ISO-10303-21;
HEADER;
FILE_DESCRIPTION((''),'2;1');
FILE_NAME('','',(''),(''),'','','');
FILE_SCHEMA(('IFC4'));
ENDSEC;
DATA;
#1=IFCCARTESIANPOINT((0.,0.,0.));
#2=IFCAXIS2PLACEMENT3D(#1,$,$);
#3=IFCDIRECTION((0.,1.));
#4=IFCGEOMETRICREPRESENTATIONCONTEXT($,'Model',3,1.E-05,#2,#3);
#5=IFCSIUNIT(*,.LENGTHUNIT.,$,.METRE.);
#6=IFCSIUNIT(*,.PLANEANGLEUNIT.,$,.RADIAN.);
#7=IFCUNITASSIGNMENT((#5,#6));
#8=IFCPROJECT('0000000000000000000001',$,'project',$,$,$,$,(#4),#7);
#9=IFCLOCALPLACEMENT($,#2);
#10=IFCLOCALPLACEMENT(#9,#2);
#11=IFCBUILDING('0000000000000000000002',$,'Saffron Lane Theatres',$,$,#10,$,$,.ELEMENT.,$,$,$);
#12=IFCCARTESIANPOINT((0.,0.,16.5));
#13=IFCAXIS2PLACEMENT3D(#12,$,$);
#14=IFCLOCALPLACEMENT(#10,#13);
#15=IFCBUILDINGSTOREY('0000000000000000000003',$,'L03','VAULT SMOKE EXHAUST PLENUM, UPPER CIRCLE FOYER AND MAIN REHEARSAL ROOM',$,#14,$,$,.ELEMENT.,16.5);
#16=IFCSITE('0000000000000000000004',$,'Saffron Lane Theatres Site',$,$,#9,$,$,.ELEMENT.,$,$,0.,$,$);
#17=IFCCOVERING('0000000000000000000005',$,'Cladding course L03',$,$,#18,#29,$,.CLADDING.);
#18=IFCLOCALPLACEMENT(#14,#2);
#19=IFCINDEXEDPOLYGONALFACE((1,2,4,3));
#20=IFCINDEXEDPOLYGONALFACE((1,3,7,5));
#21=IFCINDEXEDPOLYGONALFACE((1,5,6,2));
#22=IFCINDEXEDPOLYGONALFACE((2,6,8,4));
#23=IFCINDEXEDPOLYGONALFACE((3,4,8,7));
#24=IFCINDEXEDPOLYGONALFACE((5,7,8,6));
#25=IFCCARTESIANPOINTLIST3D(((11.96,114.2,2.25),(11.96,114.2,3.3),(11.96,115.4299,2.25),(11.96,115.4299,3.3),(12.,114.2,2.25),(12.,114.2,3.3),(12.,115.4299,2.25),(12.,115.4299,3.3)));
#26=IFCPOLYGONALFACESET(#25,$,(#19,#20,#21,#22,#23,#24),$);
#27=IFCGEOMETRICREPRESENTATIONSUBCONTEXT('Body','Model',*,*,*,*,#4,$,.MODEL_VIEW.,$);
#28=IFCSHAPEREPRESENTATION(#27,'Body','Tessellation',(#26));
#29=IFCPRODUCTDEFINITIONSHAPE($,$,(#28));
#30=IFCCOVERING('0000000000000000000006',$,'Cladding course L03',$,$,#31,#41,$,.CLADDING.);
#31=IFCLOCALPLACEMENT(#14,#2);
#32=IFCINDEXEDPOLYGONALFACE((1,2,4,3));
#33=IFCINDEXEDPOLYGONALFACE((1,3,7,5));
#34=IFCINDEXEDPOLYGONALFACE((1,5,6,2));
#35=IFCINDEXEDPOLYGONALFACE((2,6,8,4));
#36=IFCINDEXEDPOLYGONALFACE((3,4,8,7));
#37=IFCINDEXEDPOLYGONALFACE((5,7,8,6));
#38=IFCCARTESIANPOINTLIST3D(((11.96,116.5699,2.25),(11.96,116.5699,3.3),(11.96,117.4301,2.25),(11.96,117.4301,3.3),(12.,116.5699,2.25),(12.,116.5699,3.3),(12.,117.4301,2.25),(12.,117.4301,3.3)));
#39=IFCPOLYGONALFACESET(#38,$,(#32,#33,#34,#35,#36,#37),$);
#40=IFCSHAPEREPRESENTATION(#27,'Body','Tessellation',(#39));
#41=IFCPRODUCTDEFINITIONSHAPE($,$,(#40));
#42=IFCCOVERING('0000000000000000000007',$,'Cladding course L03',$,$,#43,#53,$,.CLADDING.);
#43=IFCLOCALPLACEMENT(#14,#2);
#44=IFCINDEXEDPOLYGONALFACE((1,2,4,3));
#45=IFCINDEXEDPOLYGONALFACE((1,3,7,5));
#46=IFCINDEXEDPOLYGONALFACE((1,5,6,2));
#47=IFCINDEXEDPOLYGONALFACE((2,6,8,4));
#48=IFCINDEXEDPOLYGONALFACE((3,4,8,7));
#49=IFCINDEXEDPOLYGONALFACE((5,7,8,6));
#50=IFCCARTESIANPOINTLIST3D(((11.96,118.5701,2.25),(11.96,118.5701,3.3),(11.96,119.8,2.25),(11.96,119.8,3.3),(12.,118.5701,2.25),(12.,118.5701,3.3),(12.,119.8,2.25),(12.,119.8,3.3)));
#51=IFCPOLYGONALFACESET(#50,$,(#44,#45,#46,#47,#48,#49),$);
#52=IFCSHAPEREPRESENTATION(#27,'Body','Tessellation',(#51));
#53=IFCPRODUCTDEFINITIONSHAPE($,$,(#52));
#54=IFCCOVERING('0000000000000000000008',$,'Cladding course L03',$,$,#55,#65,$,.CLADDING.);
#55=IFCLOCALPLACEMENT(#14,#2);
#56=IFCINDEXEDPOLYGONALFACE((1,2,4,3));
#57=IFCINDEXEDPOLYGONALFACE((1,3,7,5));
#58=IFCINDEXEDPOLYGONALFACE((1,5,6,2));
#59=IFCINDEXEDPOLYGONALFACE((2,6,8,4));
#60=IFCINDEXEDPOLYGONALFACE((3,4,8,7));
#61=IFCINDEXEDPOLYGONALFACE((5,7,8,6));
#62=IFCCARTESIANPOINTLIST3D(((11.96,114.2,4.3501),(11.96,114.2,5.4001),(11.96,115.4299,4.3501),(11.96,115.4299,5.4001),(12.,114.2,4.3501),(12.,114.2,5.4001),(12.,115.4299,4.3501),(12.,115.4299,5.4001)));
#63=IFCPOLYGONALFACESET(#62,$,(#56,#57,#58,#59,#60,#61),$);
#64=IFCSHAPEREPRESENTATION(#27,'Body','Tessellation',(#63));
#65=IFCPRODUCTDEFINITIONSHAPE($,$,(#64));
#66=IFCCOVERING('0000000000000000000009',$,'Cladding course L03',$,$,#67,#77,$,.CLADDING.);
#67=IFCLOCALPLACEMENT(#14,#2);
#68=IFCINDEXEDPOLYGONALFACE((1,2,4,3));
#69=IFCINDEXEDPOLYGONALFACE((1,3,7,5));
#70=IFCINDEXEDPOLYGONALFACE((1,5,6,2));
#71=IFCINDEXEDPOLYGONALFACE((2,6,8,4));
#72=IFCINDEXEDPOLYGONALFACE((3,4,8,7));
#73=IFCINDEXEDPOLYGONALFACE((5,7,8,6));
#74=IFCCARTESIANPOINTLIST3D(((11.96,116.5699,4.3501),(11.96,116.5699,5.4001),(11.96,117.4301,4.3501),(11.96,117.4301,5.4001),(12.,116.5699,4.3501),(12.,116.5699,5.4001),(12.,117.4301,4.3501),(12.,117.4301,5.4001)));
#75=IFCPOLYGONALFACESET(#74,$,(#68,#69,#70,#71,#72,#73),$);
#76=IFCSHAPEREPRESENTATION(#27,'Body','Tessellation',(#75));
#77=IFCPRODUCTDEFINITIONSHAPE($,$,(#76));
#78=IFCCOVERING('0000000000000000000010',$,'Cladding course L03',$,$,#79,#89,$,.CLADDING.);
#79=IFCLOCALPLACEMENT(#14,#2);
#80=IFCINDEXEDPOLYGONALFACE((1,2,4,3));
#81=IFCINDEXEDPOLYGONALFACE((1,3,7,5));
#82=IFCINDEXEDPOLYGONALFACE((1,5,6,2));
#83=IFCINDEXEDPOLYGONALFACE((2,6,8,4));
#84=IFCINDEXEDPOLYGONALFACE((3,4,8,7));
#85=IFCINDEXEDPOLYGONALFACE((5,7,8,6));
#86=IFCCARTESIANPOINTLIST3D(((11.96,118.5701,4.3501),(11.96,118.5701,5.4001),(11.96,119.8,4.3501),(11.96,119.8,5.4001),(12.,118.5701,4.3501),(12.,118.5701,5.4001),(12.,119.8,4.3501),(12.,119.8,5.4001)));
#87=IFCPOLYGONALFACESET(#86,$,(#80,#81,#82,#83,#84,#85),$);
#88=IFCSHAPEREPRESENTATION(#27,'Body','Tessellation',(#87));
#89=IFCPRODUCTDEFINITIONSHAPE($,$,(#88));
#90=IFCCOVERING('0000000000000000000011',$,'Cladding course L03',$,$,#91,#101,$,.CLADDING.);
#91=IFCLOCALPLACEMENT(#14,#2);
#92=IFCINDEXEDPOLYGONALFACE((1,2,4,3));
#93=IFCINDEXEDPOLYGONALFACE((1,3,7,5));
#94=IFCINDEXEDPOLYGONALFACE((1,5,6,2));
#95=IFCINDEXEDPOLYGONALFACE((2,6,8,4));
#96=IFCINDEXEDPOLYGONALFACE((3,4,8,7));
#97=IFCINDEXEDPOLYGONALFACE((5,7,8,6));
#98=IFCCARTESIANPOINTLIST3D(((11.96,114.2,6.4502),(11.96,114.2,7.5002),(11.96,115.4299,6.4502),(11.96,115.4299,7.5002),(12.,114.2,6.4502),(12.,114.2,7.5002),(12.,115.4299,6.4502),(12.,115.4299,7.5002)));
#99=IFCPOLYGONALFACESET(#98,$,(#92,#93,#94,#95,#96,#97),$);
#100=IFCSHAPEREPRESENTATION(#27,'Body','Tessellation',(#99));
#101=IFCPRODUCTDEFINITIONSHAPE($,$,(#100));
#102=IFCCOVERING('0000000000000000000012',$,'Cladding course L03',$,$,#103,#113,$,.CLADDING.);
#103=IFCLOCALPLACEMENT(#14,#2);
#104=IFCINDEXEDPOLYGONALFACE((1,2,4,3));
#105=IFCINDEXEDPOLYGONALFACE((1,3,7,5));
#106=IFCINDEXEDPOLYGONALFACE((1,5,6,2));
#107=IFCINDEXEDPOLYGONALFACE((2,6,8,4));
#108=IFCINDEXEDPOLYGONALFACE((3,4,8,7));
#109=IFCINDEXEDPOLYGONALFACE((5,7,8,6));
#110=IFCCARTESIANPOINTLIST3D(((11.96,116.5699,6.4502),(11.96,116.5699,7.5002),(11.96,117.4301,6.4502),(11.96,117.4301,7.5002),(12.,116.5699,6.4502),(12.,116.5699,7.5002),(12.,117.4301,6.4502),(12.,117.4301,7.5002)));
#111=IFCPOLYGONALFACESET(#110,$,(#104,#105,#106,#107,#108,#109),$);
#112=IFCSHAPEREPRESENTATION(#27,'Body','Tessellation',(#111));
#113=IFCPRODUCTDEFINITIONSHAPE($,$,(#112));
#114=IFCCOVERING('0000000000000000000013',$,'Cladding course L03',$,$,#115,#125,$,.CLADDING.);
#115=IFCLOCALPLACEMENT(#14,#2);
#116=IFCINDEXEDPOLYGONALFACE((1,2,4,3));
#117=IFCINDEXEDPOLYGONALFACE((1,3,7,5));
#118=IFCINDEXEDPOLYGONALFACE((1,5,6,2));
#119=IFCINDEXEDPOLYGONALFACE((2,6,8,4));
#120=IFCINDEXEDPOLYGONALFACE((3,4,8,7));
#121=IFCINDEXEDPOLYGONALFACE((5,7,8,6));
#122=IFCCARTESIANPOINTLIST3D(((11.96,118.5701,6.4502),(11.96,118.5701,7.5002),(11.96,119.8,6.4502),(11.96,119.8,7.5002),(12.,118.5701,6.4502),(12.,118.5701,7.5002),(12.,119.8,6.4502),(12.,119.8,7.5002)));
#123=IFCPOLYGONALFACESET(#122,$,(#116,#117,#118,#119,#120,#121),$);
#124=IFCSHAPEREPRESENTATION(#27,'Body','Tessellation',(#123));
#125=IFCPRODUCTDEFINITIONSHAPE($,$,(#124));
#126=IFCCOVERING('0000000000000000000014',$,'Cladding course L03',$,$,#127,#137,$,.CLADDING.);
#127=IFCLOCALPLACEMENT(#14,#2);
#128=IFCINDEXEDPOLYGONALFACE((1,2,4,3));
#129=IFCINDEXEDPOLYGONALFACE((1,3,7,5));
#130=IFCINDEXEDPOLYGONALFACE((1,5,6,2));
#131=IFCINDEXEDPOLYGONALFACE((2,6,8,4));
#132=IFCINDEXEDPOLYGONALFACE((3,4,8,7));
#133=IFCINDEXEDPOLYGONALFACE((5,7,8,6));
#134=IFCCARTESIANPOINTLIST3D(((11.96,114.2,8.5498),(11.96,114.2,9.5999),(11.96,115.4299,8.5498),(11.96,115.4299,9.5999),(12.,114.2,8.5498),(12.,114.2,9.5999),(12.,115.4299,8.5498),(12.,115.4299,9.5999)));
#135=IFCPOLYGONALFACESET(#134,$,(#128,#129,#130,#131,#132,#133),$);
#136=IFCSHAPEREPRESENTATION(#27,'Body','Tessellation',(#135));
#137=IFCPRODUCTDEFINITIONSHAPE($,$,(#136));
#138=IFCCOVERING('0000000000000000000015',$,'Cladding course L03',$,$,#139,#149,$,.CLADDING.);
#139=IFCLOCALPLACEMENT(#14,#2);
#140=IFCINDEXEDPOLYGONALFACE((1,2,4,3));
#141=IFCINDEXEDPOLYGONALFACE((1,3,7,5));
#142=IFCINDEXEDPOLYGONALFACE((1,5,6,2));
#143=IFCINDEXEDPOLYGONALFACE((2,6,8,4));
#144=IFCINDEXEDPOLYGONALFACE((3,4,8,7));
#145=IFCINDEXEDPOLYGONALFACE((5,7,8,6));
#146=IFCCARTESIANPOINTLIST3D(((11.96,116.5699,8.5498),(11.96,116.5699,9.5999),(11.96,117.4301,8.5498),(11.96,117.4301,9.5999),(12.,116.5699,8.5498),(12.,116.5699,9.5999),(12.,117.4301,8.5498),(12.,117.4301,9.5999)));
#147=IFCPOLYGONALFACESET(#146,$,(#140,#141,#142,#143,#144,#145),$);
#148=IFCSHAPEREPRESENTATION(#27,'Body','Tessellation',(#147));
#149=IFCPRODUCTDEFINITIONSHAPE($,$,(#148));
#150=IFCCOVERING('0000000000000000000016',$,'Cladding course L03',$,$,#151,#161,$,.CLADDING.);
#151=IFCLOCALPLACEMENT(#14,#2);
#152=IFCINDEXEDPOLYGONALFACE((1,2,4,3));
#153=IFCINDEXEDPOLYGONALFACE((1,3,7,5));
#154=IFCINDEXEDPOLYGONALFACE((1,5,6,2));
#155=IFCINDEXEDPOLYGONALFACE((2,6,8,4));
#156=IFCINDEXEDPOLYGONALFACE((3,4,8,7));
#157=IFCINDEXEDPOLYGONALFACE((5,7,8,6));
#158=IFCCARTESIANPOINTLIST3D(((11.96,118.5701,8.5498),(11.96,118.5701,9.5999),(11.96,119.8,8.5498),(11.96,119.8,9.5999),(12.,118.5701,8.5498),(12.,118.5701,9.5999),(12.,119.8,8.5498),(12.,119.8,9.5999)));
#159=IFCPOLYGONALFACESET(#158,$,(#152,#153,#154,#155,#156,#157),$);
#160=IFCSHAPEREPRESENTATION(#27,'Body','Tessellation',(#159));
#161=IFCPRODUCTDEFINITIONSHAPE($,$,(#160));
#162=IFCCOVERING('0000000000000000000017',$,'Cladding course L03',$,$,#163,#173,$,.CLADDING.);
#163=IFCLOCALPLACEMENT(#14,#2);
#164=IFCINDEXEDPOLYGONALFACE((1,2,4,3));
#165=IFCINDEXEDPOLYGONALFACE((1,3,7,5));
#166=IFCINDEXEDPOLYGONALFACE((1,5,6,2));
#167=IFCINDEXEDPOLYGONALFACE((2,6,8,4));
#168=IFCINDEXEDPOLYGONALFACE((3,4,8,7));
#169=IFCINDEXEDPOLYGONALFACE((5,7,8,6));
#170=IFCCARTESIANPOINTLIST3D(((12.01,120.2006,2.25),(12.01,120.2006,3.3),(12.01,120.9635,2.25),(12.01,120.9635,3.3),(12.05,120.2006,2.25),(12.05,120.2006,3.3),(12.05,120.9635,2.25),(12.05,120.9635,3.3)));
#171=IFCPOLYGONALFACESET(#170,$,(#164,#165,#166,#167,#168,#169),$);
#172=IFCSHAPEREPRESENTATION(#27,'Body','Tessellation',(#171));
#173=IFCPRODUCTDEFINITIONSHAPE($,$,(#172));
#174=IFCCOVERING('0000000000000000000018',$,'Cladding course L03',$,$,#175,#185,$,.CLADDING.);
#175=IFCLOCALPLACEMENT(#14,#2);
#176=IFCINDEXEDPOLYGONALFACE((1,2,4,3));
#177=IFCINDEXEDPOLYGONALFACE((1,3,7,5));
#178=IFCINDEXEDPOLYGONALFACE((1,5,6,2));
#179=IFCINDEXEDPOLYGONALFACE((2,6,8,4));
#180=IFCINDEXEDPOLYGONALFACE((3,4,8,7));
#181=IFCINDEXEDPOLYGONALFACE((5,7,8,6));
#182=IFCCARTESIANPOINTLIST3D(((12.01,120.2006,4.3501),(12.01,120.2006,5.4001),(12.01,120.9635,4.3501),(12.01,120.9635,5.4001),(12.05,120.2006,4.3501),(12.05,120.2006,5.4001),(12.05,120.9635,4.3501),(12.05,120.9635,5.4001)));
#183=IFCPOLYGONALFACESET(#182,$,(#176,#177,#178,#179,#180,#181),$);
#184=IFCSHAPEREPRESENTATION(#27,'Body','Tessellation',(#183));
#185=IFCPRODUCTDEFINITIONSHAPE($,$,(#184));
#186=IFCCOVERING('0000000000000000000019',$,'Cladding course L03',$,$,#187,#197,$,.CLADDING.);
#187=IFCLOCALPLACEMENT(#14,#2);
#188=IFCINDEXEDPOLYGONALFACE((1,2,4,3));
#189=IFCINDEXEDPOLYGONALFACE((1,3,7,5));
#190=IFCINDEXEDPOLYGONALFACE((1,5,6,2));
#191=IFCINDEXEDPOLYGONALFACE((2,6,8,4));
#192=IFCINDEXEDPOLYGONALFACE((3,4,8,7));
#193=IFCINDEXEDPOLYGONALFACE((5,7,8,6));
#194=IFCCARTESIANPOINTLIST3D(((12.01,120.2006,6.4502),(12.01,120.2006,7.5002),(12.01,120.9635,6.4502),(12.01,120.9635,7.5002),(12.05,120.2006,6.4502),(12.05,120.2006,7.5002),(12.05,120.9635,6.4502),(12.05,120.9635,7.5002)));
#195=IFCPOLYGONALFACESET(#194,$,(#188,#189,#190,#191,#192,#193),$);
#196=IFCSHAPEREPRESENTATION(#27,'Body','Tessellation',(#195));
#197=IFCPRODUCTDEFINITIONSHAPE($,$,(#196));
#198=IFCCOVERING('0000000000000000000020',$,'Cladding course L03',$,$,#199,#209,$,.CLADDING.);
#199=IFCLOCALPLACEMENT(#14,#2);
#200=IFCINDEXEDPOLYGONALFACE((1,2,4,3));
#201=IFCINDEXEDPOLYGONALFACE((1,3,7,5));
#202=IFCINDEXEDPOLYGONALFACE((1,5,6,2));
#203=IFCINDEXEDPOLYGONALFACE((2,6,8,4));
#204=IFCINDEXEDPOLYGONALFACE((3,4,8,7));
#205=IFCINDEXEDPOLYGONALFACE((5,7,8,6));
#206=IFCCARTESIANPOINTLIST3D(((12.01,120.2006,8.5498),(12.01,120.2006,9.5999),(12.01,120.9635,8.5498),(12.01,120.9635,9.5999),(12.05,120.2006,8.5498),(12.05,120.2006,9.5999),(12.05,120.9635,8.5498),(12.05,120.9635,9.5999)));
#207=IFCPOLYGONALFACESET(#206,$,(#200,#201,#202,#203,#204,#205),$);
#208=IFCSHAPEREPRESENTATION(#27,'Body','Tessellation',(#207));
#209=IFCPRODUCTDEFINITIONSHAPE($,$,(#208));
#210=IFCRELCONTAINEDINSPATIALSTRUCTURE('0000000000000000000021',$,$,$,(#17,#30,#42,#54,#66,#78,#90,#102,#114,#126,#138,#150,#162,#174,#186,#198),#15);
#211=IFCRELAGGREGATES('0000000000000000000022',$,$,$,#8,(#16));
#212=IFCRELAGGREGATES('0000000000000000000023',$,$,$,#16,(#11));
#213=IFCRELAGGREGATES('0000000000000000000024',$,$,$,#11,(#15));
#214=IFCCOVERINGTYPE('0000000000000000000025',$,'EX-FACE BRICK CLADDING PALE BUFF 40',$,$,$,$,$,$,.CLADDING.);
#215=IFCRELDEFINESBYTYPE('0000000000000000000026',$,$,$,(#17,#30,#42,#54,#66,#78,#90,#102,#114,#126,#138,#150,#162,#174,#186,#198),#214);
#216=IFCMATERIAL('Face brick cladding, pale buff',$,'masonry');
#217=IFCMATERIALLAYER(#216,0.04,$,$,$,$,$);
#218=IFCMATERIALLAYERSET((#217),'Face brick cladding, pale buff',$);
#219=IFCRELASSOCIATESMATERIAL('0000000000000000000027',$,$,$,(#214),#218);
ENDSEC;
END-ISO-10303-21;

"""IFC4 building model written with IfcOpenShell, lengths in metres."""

from ifc_helpers import new_model, si_unit, direction, frame, origin, origin_2d, place, context, subcontext, project, spatial, rectangle, extrude, material, layer, layer_set, type_object, element, save


model = new_model("IFC4")

# Units and contexts
model_context = context("Model", 3, precision=1e-05, world=origin(), true_north=direction((0.0, 1.0)))
body_context = subcontext(model_context, "Body", "Model", "MODEL_VIEW")
ifc_project = project(units=[si_unit("LENGTHUNIT", "METRE"), si_unit("PLANEANGLEUNIT", "RADIAN")], contexts=[model_context])

# Site, building, storey
site_placement = place(None, origin())
site = spatial("IfcSite", under=ifc_project, at=site_placement, Name="Saffron Lane Theatres Site", CompositionType="ELEMENT", RefElevation=0.0)
building_placement = place(site_placement, origin())
building = spatial("IfcBuilding", under=site, at=building_placement, Name="Saffron Lane Theatres", CompositionType="ELEMENT")
storey_placement = place(building_placement, frame((0.0, 0.0, 16.5)))
storey = spatial("IfcBuildingStorey", under=building, at=storey_placement, Name="L03", Description="VAULT SMOKE EXHAUST PLENUM, UPPER CIRCLE FOYER AND MAIN REHEARSAL ROOM", CompositionType="ELEMENT", Elevation=16.5)

# Coverings
ifc_material_1 = material(Name="Face brick cladding, pale buff", Category="masonry")
ifc_layer_1 = layer(ifc_material_1, 0.04)
ifc_layer_set_1 = layer_set([ifc_layer_1], Name="Face brick cladding, pale buff")
covering_type_1 = type_object("IfcCoveringType", Name="EX-FACE BRICK CLADDING PALE BUFF 40", PredefinedType="CLADDING", material=ifc_layer_set_1)
covering_1_placement = place(storey_placement, frame((11.98, 114.8149, 2.25), z_axis=(0.0, 0.0, 1.0), x_axis=(0.0, 1.0, 0.0)))
element("IfcCovering", 1, at=covering_1_placement, inside=storey, type_object=covering_type_1, Name="Cladding course L03", PredefinedType="CLADDING", context=body_context, shape_type="SweptSolid", body=[
    extrude(rectangle(XDim=1.23, YDim=0.04, at=origin_2d()), origin(), (0.0, 0.0, 1.0), 1.05),
])
covering_2_placement = place(storey_placement, frame((11.98, 117.0, 2.25), z_axis=(0.0, 0.0, 1.0), x_axis=(0.0, 1.0, 0.0)))
element("IfcCovering", 2, at=covering_2_placement, inside=storey, type_object=covering_type_1, Name="Cladding course L03", PredefinedType="CLADDING", context=body_context, shape_type="SweptSolid", body=[
    extrude(rectangle(XDim=0.8601, YDim=0.04, at=origin_2d()), origin(), (0.0, 0.0, 1.0), 1.05),
])
for number, where, z_axis, x_axis, name in (
    (3, (11.98, 119.1851, 2.25), (0.0, 0.0, 1.0), (0.0, 1.0, 0.0), "Cladding course L03"),
    (4, (11.98, 114.8149, 4.3501), (0.0, 0.0, 1.0), (0.0, 1.0, 0.0), "Cladding course L03"),
):
    element("IfcCovering", number, at=place(storey_placement, frame(where, z_axis=z_axis, x_axis=x_axis)), inside=storey, type_object=covering_type_1, Name=name, PredefinedType="CLADDING", context=body_context, shape_type="SweptSolid", body=[
        extrude(rectangle(XDim=1.23, YDim=0.04, at=origin_2d()), origin(), (0.0, 0.0, 1.0), 1.05),
    ])
covering_3_placement = place(storey_placement, frame((11.98, 117.0, 4.3501), z_axis=(0.0, 0.0, 1.0), x_axis=(0.0, 1.0, 0.0)))
element("IfcCovering", 5, at=covering_3_placement, inside=storey, type_object=covering_type_1, Name="Cladding course L03", PredefinedType="CLADDING", context=body_context, shape_type="SweptSolid", body=[
    extrude(rectangle(XDim=0.8601, YDim=0.04, at=origin_2d()), origin(), (0.0, 0.0, 1.0), 1.05),
])
for number, where, z_axis, x_axis, name in (
    (6, (11.98, 119.1851, 4.3501), (0.0, 0.0, 1.0), (0.0, 1.0, 0.0), "Cladding course L03"),
    (7, (11.98, 114.8149, 6.4502), (0.0, 0.0, 1.0), (0.0, 1.0, 0.0), "Cladding course L03"),
):
    element("IfcCovering", number, at=place(storey_placement, frame(where, z_axis=z_axis, x_axis=x_axis)), inside=storey, type_object=covering_type_1, Name=name, PredefinedType="CLADDING", context=body_context, shape_type="SweptSolid", body=[
        extrude(rectangle(XDim=1.23, YDim=0.04, at=origin_2d()), origin(), (0.0, 0.0, 1.0), 1.05),
    ])
covering_4_placement = place(storey_placement, frame((11.98, 117.0, 6.4502), z_axis=(0.0, 0.0, 1.0), x_axis=(0.0, 1.0, 0.0)))
element("IfcCovering", 8, at=covering_4_placement, inside=storey, type_object=covering_type_1, Name="Cladding course L03", PredefinedType="CLADDING", context=body_context, shape_type="SweptSolid", body=[
    extrude(rectangle(XDim=0.8601, YDim=0.04, at=origin_2d()), origin(), (0.0, 0.0, 1.0), 1.05),
])
for number, where, z_axis, x_axis, name in (
    (9, (11.98, 119.1851, 6.4502), (0.0, 0.0, 1.0), (0.0, 1.0, 0.0), "Cladding course L03"),
    (10, (11.98, 114.8149, 8.5498), (0.0, 0.0, 1.0), (0.0, 1.0, 0.0), "Cladding course L03"),
):
    element("IfcCovering", number, at=place(storey_placement, frame(where, z_axis=z_axis, x_axis=x_axis)), inside=storey, type_object=covering_type_1, Name=name, PredefinedType="CLADDING", context=body_context, shape_type="SweptSolid", body=[
        extrude(rectangle(XDim=1.23, YDim=0.04, at=origin_2d()), origin(), (0.0, 0.0, 1.0), 1.05),
    ])
covering_5_placement = place(storey_placement, frame((11.98, 117.0, 8.5498), z_axis=(0.0, 0.0, 1.0), x_axis=(0.0, 1.0, 0.0)))
element("IfcCovering", 11, at=covering_5_placement, inside=storey, type_object=covering_type_1, Name="Cladding course L03", PredefinedType="CLADDING", context=body_context, shape_type="SweptSolid", body=[
    extrude(rectangle(XDim=0.8601, YDim=0.04, at=origin_2d()), origin(), (0.0, 0.0, 1.0), 1.05),
])
covering_6_placement = place(storey_placement, frame((11.98, 119.1851, 8.5498), z_axis=(0.0, 0.0, 1.0), x_axis=(0.0, 1.0, 0.0)))
element("IfcCovering", 12, at=covering_6_placement, inside=storey, type_object=covering_type_1, Name="Cladding course L03", PredefinedType="CLADDING", context=body_context, shape_type="SweptSolid", body=[
    extrude(rectangle(XDim=1.23, YDim=0.04, at=origin_2d()), origin(), (0.0, 0.0, 1.0), 1.05),
])
for number, where, z_axis, x_axis, name in (
    (13, (12.03, 120.582, 2.25), (0.0, 0.0, 1.0), (0.0, 1.0, 0.0), "Cladding course L03"),
    (14, (12.03, 120.582, 4.3501), (0.0, 0.0, 1.0), (0.0, 1.0, 0.0), "Cladding course L03"),
    (15, (12.03, 120.582, 6.4502), (0.0, 0.0, 1.0), (0.0, 1.0, 0.0), "Cladding course L03"),
    (16, (12.03, 120.582, 8.5498), (0.0, 0.0, 1.0), (0.0, 1.0, 0.0), "Cladding course L03"),
):
    element("IfcCovering", number, at=place(storey_placement, frame(where, z_axis=z_axis, x_axis=x_axis)), inside=storey, type_object=covering_type_1, Name=name, PredefinedType="CLADDING", context=body_context, shape_type="SweptSolid", body=[
        extrude(rectangle(XDim=0.7629, YDim=0.04, at=origin_2d()), origin(), (0.0, 0.0, 1.0), 1.05),
    ])

save(model, "model.ifc")
